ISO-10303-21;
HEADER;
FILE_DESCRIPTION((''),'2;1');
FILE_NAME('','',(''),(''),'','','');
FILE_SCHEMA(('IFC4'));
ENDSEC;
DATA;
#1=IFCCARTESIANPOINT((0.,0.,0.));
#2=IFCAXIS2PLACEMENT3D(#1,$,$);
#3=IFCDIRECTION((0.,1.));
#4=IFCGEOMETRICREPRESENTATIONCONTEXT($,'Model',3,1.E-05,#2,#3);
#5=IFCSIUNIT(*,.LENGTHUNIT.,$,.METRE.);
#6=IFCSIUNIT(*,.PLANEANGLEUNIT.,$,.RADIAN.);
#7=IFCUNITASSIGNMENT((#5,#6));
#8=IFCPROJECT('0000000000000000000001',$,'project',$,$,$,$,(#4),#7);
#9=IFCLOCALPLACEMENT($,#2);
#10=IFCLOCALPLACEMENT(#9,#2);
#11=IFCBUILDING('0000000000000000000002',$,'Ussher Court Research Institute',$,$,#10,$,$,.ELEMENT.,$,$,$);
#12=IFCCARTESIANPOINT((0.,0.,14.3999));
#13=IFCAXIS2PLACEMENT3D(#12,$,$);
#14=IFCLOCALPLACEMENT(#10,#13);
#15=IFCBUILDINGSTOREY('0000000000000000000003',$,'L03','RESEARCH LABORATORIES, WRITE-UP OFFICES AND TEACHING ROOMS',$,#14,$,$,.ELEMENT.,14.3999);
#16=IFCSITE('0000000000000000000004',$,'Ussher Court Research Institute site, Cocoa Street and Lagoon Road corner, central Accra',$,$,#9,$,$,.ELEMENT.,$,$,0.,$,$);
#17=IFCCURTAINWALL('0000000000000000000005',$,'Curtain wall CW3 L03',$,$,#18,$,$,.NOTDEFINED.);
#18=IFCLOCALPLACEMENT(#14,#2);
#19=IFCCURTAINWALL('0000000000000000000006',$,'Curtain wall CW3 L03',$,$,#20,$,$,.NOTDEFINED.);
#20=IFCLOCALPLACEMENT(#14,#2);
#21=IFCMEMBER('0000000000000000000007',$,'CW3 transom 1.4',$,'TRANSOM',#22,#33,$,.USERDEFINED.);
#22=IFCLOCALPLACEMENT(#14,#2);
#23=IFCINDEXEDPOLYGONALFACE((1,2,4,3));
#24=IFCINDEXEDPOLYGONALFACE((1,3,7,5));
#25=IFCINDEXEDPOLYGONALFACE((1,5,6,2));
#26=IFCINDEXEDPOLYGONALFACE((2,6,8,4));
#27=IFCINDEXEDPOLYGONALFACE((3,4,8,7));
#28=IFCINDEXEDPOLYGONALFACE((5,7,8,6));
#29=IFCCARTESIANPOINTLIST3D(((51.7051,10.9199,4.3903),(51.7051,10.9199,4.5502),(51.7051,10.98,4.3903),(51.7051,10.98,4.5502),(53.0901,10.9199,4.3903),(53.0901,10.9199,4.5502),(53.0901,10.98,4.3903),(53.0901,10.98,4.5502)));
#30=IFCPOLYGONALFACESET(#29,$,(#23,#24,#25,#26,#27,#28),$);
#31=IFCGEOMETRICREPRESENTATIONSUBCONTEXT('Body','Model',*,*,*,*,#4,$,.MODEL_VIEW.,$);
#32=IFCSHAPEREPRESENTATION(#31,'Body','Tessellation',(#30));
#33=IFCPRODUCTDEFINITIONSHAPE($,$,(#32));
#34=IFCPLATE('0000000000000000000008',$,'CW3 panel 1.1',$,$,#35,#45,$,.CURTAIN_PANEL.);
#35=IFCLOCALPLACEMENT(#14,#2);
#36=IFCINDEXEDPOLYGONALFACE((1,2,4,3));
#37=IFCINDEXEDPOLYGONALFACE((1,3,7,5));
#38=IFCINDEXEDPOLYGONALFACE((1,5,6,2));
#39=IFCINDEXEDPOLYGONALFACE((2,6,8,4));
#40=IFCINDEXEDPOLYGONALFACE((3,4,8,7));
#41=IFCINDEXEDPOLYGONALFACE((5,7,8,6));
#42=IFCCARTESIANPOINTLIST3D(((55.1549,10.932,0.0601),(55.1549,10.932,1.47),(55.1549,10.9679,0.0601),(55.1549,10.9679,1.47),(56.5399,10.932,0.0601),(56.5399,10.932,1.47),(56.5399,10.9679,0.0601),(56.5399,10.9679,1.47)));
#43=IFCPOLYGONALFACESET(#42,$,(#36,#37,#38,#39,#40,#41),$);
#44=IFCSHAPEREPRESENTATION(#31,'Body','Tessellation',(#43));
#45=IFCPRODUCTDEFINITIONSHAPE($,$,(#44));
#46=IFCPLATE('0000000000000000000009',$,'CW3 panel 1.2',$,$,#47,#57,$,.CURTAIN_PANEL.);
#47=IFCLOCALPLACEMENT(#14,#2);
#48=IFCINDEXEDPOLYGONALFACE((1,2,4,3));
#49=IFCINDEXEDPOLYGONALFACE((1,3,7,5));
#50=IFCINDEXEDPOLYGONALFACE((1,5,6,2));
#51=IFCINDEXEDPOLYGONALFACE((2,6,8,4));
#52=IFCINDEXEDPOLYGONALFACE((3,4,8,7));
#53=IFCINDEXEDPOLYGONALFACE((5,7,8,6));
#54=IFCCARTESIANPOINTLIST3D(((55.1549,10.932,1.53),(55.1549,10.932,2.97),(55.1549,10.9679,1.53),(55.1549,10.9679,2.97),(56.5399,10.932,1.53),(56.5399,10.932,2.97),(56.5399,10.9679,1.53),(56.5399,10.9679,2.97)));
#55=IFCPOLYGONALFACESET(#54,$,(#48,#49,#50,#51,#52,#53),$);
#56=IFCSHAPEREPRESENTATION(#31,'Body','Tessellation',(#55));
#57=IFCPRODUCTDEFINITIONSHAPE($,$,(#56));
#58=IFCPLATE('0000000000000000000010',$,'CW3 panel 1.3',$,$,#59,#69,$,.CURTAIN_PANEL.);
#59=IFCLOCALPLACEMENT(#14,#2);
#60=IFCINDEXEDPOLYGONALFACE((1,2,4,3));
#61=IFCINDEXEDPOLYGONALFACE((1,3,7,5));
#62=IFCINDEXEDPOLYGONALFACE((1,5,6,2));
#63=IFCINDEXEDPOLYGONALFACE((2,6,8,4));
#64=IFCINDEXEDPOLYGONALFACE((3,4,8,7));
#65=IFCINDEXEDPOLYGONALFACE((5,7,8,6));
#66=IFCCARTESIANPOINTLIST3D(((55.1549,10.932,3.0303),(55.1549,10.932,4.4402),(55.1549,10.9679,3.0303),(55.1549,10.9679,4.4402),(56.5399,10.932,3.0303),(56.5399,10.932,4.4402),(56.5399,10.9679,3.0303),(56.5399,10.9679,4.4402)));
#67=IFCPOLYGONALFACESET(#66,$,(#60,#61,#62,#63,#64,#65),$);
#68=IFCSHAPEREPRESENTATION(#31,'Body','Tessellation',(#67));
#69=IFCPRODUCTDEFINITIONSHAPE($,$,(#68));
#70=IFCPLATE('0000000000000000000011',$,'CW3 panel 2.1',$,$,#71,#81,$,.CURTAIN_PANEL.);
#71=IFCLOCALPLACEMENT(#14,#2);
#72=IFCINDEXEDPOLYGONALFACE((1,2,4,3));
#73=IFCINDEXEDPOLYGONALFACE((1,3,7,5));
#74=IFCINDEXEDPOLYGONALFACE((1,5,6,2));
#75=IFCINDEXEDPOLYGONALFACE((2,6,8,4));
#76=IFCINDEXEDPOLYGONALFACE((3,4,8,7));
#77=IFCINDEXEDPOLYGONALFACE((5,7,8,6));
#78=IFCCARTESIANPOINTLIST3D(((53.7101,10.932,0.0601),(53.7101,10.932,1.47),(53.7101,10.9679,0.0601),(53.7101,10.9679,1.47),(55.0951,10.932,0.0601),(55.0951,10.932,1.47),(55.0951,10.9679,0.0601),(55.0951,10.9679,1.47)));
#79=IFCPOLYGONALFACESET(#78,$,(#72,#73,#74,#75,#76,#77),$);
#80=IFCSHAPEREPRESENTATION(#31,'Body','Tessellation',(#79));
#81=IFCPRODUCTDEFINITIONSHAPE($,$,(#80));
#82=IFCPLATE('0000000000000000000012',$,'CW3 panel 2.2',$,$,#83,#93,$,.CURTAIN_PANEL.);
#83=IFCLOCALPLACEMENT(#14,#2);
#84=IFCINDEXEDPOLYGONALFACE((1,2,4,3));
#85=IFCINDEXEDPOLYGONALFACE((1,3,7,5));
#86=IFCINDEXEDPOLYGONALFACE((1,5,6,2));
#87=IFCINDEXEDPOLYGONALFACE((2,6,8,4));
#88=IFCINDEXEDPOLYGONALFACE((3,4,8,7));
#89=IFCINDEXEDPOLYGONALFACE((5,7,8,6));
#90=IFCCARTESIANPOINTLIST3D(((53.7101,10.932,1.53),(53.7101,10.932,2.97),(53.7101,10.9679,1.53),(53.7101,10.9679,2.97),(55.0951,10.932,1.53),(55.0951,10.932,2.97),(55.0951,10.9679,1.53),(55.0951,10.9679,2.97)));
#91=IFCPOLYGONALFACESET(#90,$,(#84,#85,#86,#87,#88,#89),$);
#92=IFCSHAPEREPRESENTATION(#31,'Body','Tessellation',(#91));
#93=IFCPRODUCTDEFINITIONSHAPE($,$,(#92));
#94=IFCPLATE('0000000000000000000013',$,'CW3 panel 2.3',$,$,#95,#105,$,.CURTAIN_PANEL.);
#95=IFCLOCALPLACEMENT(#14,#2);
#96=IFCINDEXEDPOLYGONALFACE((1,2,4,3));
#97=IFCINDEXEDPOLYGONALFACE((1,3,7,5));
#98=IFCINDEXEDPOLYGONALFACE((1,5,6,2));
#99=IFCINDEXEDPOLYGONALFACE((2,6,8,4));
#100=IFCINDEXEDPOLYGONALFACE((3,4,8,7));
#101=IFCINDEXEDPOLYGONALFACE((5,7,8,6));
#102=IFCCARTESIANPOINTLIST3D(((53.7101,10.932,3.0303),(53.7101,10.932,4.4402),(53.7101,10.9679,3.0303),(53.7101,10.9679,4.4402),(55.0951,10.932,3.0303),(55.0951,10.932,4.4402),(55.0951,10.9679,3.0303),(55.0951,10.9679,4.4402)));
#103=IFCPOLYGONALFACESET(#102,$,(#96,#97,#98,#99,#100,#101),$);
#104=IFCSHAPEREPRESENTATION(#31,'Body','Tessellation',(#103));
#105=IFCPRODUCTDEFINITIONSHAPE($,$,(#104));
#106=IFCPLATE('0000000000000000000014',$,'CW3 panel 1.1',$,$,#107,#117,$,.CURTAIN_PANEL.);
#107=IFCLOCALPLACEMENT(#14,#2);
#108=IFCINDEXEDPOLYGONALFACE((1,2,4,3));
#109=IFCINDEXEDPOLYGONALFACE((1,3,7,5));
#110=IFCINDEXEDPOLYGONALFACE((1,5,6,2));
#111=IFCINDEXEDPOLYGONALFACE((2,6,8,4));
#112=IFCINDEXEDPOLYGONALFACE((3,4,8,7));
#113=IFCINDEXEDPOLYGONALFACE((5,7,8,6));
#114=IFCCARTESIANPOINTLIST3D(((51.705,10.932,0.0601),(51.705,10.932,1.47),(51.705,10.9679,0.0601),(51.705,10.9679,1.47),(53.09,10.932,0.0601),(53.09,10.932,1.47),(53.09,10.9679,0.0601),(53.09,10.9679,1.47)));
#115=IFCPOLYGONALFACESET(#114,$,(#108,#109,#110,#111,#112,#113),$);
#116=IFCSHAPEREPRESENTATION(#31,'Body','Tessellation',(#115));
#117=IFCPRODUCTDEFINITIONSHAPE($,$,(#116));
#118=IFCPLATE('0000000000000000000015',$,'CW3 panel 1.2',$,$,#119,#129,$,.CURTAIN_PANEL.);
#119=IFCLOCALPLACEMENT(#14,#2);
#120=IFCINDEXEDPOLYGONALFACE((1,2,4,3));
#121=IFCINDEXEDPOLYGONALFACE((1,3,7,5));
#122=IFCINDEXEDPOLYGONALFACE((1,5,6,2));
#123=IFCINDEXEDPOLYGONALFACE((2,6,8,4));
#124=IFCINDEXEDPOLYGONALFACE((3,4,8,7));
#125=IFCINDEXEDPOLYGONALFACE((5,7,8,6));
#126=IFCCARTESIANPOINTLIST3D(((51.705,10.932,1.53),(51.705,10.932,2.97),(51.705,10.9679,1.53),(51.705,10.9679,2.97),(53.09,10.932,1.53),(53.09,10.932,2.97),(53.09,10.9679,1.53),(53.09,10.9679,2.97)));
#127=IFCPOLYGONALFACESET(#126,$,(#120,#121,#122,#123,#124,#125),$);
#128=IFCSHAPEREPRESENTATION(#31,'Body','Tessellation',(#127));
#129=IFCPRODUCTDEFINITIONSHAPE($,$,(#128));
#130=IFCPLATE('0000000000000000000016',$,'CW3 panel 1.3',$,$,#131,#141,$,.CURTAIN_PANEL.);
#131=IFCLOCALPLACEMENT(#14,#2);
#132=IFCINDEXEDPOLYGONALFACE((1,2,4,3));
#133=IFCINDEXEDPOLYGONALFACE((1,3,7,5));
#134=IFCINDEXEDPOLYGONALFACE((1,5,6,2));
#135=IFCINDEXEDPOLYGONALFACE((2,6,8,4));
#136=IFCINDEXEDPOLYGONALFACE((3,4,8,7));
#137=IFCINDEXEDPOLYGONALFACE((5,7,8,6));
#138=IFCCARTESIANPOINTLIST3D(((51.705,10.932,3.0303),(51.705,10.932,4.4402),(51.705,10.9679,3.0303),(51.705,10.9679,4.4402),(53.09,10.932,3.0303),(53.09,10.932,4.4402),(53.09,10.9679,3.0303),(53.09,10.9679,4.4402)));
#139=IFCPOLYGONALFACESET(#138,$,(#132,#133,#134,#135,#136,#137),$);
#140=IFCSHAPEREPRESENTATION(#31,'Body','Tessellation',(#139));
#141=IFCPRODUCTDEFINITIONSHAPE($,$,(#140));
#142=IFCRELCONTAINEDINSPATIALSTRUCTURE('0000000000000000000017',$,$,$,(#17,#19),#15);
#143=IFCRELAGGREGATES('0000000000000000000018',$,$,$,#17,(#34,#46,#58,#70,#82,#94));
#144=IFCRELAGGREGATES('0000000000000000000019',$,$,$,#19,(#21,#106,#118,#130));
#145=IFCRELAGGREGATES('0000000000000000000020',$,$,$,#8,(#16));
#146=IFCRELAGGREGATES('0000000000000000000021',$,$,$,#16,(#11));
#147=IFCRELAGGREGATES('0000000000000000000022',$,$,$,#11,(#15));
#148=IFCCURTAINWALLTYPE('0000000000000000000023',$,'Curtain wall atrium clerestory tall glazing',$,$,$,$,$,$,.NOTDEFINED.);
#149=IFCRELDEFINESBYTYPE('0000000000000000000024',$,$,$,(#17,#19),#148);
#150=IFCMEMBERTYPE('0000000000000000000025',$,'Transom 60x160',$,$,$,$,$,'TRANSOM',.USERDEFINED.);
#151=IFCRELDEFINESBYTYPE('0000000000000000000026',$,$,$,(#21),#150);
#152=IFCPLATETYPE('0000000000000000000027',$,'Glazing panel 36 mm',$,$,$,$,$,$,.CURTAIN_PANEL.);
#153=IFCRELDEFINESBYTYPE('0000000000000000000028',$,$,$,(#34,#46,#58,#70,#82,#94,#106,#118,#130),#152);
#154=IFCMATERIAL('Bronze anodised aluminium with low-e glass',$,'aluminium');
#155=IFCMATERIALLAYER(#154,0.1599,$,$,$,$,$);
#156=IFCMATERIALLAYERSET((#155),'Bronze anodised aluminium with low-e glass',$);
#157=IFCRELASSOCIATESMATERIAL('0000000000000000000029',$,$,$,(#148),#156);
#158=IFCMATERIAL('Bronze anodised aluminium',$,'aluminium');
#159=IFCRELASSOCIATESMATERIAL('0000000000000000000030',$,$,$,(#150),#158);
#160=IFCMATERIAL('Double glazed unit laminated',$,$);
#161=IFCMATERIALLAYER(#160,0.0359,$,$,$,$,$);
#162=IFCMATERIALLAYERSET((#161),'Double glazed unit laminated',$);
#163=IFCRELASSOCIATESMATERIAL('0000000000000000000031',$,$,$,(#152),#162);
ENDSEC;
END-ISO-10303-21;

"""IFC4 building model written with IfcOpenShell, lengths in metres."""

from ifc_helpers import new_model, si_unit, direction, frame, origin, origin_2d, place, context, subcontext, project, spatial, rectangle, extrude, material, layer, layer_set, material_profile, profile_set, type_object, element, aggregate, save


model = new_model("IFC4")

# Units and contexts
model_context = context("Model", 3, precision=1e-05, world=origin(), true_north=direction((0.0, 1.0)))
body_context = subcontext(model_context, "Body", "Model", "MODEL_VIEW")
ifc_project = project(units=[si_unit("LENGTHUNIT", "METRE"), si_unit("PLANEANGLEUNIT", "RADIAN")], contexts=[model_context])

# Site, building, storey
site_placement = place(None, origin())
site = spatial("IfcSite", under=ifc_project, at=site_placement, Name="Ussher Court Research Institute site, Cocoa Street and Lagoon Road corner, central Accra", CompositionType="ELEMENT", RefElevation=0.0)
building_placement = place(site_placement, origin())
building = spatial("IfcBuilding", under=site, at=building_placement, Name="Ussher Court Research Institute", CompositionType="ELEMENT")
storey_placement = place(building_placement, frame((0.0, 0.0, 14.3999)))
storey = spatial("IfcBuildingStorey", under=building, at=storey_placement, Name="L03", Description="RESEARCH LABORATORIES, WRITE-UP OFFICES AND TEACHING ROOMS", CompositionType="ELEMENT", Elevation=14.3999)

# Curtain wall
ifc_material_1 = material(Name="Bronze anodised aluminium with low-e glass", Category="aluminium")
ifc_layer_1 = layer(ifc_material_1, 0.1599)
ifc_layer_set_1 = layer_set([ifc_layer_1], Name="Bronze anodised aluminium with low-e glass")
curtain_wall_type = type_object("IfcCurtainWallType", Name="Curtain wall atrium clerestory tall glazing", PredefinedType="NOTDEFINED", material=ifc_layer_set_1)
curtain_wall_1_placement = place(storey_placement, origin())
curtain_wall_1 = element("IfcCurtainWall", 1, at=curtain_wall_1_placement, inside=storey, type_object=curtain_wall_type, Name="Curtain wall CW3 L03", PredefinedType="NOTDEFINED")

# Curtain wall
curtain_wall_2_placement = place(storey_placement, origin())
curtain_wall_2 = element("IfcCurtainWall", 2, at=curtain_wall_2_placement, inside=storey, type_object=curtain_wall_type, Name="Curtain wall CW3 L03", PredefinedType="NOTDEFINED")

# Member
ifc_material_2 = material(Name="Bronze anodised aluminium", Category="aluminium")
ifc_material_profile_1 = material_profile(ifc_material_2, rectangle(XDim=0.0601, YDim=0.1599, at=origin_2d()), Name="Transom 60x160")
ifc_profile_set_1 = profile_set([ifc_material_profile_1], Name="Bronze anodised aluminium")
member_type_1 = type_object("IfcMemberType", Name="Transom 60x160", ElementType="TRANSOM", PredefinedType="USERDEFINED", material=ifc_profile_set_1)
member_1_placement = place(storey_placement, frame((53.0901, 10.95, 4.4702), z_axis=(-1.0, 0.0, 0.0), x_axis=(0.0, -1.0, 0.0)))
member_1 = element("IfcMember", 3, at=member_1_placement, type_object=member_type_1, Name="CW3 transom 1.4", ObjectType="TRANSOM", PredefinedType="USERDEFINED", context=body_context, shape_type="SweptSolid", body=[
    extrude(rectangle(XDim=0.0601, YDim=0.1599, at=origin_2d()), origin(), (0.0, 0.0, 1.0), 1.385),
])

# Plates
ifc_material_3 = material(Name="Double glazed unit laminated")
ifc_layer_2 = layer(ifc_material_3, 0.0359)
ifc_layer_set_2 = layer_set([ifc_layer_2], Name="Double glazed unit laminated")
plate_type = type_object("IfcPlateType", Name="Glazing panel 36 mm", PredefinedType="CURTAIN_PANEL", material=ifc_layer_set_2)
plate_1_placement = place(storey_placement, frame((55.8474, 10.95, 0.0601), z_axis=(0.0, 0.0, 1.0), x_axis=(-1.0, 0.0, 0.0)))
plate_1 = element("IfcPlate", 4, at=plate_1_placement, type_object=plate_type, Name="CW3 panel 1.1", PredefinedType="CURTAIN_PANEL", context=body_context, shape_type="SweptSolid", body=[
    extrude(rectangle(XDim=1.385, YDim=0.0359, at=origin_2d()), origin(), (0.0, 0.0, 1.0), 1.4099),
])
plate_2_placement = place(storey_placement, frame((55.8474, 10.95, 1.53), z_axis=(0.0, 0.0, 1.0), x_axis=(-1.0, 0.0, 0.0)))
plate_2 = element("IfcPlate", 5, at=plate_2_placement, type_object=plate_type, Name="CW3 panel 1.2", PredefinedType="CURTAIN_PANEL", context=body_context, shape_type="SweptSolid", body=[
    extrude(rectangle(XDim=1.385, YDim=0.0359, at=origin_2d()), origin(), (0.0, 0.0, 1.0), 1.4399),
])
plate_3_placement = place(storey_placement, frame((55.8474, 10.95, 3.0303), z_axis=(0.0, 0.0, 1.0), x_axis=(-1.0, 0.0, 0.0)))
plate_3 = element("IfcPlate", 6, at=plate_3_placement, type_object=plate_type, Name="CW3 panel 1.3", PredefinedType="CURTAIN_PANEL", context=body_context, shape_type="SweptSolid", body=[
    extrude(rectangle(XDim=1.385, YDim=0.0359, at=origin_2d()), origin(), (0.0, 0.0, 1.0), 1.4099),
])
plate_4_placement = place(storey_placement, frame((54.4026, 10.95, 0.0601), z_axis=(0.0, 0.0, 1.0), x_axis=(-1.0, 0.0, 0.0)))
plate_4 = element("IfcPlate", 7, at=plate_4_placement, type_object=plate_type, Name="CW3 panel 2.1", PredefinedType="CURTAIN_PANEL", context=body_context, shape_type="SweptSolid", body=[
    extrude(rectangle(XDim=1.385, YDim=0.0359, at=origin_2d()), origin(), (0.0, 0.0, 1.0), 1.4099),
])
plate_5_placement = place(storey_placement, frame((54.4026, 10.95, 1.53), z_axis=(0.0, 0.0, 1.0), x_axis=(-1.0, 0.0, 0.0)))
plate_5 = element("IfcPlate", 8, at=plate_5_placement, type_object=plate_type, Name="CW3 panel 2.2", PredefinedType="CURTAIN_PANEL", context=body_context, shape_type="SweptSolid", body=[
    extrude(rectangle(XDim=1.385, YDim=0.0359, at=origin_2d()), origin(), (0.0, 0.0, 1.0), 1.4399),
])
plate_6_placement = place(storey_placement, frame((54.4026, 10.95, 3.0303), z_axis=(0.0, 0.0, 1.0), x_axis=(-1.0, 0.0, 0.0)))
plate_6 = element("IfcPlate", 9, at=plate_6_placement, type_object=plate_type, Name="CW3 panel 2.3", PredefinedType="CURTAIN_PANEL", context=body_context, shape_type="SweptSolid", body=[
    extrude(rectangle(XDim=1.385, YDim=0.0359, at=origin_2d()), origin(), (0.0, 0.0, 1.0), 1.4099),
])
aggregate(curtain_wall_1, [plate_1, plate_2, plate_3, plate_4, plate_5, plate_6])
plate_7_placement = place(storey_placement, frame((52.3975, 10.95, 0.0601), z_axis=(0.0, 0.0, 1.0), x_axis=(-1.0, 0.0, 0.0)))
plate_7 = element("IfcPlate", 10, at=plate_7_placement, type_object=plate_type, Name="CW3 panel 1.1", PredefinedType="CURTAIN_PANEL", context=body_context, shape_type="SweptSolid", body=[
    extrude(rectangle(XDim=1.385, YDim=0.0359, at=origin_2d()), origin(), (0.0, 0.0, 1.0), 1.4099),
])
plate_8_placement = place(storey_placement, frame((52.3975, 10.95, 1.53), z_axis=(0.0, 0.0, 1.0), x_axis=(-1.0, 0.0, 0.0)))
plate_8 = element("IfcPlate", 11, at=plate_8_placement, type_object=plate_type, Name="CW3 panel 1.2", PredefinedType="CURTAIN_PANEL", context=body_context, shape_type="SweptSolid", body=[
    extrude(rectangle(XDim=1.385, YDim=0.0359, at=origin_2d()), origin(), (0.0, 0.0, 1.0), 1.4399),
])
plate_9_placement = place(storey_placement, frame((52.3975, 10.95, 3.0303), z_axis=(0.0, 0.0, 1.0), x_axis=(-1.0, 0.0, 0.0)))
plate_9 = element("IfcPlate", 12, at=plate_9_placement, type_object=plate_type, Name="CW3 panel 1.3", PredefinedType="CURTAIN_PANEL", context=body_context, shape_type="SweptSolid", body=[
    extrude(rectangle(XDim=1.385, YDim=0.0359, at=origin_2d()), origin(), (0.0, 0.0, 1.0), 1.4099),
])
aggregate(curtain_wall_2, [member_1, plate_7, plate_8, plate_9])

save(model, "model.ifc")
